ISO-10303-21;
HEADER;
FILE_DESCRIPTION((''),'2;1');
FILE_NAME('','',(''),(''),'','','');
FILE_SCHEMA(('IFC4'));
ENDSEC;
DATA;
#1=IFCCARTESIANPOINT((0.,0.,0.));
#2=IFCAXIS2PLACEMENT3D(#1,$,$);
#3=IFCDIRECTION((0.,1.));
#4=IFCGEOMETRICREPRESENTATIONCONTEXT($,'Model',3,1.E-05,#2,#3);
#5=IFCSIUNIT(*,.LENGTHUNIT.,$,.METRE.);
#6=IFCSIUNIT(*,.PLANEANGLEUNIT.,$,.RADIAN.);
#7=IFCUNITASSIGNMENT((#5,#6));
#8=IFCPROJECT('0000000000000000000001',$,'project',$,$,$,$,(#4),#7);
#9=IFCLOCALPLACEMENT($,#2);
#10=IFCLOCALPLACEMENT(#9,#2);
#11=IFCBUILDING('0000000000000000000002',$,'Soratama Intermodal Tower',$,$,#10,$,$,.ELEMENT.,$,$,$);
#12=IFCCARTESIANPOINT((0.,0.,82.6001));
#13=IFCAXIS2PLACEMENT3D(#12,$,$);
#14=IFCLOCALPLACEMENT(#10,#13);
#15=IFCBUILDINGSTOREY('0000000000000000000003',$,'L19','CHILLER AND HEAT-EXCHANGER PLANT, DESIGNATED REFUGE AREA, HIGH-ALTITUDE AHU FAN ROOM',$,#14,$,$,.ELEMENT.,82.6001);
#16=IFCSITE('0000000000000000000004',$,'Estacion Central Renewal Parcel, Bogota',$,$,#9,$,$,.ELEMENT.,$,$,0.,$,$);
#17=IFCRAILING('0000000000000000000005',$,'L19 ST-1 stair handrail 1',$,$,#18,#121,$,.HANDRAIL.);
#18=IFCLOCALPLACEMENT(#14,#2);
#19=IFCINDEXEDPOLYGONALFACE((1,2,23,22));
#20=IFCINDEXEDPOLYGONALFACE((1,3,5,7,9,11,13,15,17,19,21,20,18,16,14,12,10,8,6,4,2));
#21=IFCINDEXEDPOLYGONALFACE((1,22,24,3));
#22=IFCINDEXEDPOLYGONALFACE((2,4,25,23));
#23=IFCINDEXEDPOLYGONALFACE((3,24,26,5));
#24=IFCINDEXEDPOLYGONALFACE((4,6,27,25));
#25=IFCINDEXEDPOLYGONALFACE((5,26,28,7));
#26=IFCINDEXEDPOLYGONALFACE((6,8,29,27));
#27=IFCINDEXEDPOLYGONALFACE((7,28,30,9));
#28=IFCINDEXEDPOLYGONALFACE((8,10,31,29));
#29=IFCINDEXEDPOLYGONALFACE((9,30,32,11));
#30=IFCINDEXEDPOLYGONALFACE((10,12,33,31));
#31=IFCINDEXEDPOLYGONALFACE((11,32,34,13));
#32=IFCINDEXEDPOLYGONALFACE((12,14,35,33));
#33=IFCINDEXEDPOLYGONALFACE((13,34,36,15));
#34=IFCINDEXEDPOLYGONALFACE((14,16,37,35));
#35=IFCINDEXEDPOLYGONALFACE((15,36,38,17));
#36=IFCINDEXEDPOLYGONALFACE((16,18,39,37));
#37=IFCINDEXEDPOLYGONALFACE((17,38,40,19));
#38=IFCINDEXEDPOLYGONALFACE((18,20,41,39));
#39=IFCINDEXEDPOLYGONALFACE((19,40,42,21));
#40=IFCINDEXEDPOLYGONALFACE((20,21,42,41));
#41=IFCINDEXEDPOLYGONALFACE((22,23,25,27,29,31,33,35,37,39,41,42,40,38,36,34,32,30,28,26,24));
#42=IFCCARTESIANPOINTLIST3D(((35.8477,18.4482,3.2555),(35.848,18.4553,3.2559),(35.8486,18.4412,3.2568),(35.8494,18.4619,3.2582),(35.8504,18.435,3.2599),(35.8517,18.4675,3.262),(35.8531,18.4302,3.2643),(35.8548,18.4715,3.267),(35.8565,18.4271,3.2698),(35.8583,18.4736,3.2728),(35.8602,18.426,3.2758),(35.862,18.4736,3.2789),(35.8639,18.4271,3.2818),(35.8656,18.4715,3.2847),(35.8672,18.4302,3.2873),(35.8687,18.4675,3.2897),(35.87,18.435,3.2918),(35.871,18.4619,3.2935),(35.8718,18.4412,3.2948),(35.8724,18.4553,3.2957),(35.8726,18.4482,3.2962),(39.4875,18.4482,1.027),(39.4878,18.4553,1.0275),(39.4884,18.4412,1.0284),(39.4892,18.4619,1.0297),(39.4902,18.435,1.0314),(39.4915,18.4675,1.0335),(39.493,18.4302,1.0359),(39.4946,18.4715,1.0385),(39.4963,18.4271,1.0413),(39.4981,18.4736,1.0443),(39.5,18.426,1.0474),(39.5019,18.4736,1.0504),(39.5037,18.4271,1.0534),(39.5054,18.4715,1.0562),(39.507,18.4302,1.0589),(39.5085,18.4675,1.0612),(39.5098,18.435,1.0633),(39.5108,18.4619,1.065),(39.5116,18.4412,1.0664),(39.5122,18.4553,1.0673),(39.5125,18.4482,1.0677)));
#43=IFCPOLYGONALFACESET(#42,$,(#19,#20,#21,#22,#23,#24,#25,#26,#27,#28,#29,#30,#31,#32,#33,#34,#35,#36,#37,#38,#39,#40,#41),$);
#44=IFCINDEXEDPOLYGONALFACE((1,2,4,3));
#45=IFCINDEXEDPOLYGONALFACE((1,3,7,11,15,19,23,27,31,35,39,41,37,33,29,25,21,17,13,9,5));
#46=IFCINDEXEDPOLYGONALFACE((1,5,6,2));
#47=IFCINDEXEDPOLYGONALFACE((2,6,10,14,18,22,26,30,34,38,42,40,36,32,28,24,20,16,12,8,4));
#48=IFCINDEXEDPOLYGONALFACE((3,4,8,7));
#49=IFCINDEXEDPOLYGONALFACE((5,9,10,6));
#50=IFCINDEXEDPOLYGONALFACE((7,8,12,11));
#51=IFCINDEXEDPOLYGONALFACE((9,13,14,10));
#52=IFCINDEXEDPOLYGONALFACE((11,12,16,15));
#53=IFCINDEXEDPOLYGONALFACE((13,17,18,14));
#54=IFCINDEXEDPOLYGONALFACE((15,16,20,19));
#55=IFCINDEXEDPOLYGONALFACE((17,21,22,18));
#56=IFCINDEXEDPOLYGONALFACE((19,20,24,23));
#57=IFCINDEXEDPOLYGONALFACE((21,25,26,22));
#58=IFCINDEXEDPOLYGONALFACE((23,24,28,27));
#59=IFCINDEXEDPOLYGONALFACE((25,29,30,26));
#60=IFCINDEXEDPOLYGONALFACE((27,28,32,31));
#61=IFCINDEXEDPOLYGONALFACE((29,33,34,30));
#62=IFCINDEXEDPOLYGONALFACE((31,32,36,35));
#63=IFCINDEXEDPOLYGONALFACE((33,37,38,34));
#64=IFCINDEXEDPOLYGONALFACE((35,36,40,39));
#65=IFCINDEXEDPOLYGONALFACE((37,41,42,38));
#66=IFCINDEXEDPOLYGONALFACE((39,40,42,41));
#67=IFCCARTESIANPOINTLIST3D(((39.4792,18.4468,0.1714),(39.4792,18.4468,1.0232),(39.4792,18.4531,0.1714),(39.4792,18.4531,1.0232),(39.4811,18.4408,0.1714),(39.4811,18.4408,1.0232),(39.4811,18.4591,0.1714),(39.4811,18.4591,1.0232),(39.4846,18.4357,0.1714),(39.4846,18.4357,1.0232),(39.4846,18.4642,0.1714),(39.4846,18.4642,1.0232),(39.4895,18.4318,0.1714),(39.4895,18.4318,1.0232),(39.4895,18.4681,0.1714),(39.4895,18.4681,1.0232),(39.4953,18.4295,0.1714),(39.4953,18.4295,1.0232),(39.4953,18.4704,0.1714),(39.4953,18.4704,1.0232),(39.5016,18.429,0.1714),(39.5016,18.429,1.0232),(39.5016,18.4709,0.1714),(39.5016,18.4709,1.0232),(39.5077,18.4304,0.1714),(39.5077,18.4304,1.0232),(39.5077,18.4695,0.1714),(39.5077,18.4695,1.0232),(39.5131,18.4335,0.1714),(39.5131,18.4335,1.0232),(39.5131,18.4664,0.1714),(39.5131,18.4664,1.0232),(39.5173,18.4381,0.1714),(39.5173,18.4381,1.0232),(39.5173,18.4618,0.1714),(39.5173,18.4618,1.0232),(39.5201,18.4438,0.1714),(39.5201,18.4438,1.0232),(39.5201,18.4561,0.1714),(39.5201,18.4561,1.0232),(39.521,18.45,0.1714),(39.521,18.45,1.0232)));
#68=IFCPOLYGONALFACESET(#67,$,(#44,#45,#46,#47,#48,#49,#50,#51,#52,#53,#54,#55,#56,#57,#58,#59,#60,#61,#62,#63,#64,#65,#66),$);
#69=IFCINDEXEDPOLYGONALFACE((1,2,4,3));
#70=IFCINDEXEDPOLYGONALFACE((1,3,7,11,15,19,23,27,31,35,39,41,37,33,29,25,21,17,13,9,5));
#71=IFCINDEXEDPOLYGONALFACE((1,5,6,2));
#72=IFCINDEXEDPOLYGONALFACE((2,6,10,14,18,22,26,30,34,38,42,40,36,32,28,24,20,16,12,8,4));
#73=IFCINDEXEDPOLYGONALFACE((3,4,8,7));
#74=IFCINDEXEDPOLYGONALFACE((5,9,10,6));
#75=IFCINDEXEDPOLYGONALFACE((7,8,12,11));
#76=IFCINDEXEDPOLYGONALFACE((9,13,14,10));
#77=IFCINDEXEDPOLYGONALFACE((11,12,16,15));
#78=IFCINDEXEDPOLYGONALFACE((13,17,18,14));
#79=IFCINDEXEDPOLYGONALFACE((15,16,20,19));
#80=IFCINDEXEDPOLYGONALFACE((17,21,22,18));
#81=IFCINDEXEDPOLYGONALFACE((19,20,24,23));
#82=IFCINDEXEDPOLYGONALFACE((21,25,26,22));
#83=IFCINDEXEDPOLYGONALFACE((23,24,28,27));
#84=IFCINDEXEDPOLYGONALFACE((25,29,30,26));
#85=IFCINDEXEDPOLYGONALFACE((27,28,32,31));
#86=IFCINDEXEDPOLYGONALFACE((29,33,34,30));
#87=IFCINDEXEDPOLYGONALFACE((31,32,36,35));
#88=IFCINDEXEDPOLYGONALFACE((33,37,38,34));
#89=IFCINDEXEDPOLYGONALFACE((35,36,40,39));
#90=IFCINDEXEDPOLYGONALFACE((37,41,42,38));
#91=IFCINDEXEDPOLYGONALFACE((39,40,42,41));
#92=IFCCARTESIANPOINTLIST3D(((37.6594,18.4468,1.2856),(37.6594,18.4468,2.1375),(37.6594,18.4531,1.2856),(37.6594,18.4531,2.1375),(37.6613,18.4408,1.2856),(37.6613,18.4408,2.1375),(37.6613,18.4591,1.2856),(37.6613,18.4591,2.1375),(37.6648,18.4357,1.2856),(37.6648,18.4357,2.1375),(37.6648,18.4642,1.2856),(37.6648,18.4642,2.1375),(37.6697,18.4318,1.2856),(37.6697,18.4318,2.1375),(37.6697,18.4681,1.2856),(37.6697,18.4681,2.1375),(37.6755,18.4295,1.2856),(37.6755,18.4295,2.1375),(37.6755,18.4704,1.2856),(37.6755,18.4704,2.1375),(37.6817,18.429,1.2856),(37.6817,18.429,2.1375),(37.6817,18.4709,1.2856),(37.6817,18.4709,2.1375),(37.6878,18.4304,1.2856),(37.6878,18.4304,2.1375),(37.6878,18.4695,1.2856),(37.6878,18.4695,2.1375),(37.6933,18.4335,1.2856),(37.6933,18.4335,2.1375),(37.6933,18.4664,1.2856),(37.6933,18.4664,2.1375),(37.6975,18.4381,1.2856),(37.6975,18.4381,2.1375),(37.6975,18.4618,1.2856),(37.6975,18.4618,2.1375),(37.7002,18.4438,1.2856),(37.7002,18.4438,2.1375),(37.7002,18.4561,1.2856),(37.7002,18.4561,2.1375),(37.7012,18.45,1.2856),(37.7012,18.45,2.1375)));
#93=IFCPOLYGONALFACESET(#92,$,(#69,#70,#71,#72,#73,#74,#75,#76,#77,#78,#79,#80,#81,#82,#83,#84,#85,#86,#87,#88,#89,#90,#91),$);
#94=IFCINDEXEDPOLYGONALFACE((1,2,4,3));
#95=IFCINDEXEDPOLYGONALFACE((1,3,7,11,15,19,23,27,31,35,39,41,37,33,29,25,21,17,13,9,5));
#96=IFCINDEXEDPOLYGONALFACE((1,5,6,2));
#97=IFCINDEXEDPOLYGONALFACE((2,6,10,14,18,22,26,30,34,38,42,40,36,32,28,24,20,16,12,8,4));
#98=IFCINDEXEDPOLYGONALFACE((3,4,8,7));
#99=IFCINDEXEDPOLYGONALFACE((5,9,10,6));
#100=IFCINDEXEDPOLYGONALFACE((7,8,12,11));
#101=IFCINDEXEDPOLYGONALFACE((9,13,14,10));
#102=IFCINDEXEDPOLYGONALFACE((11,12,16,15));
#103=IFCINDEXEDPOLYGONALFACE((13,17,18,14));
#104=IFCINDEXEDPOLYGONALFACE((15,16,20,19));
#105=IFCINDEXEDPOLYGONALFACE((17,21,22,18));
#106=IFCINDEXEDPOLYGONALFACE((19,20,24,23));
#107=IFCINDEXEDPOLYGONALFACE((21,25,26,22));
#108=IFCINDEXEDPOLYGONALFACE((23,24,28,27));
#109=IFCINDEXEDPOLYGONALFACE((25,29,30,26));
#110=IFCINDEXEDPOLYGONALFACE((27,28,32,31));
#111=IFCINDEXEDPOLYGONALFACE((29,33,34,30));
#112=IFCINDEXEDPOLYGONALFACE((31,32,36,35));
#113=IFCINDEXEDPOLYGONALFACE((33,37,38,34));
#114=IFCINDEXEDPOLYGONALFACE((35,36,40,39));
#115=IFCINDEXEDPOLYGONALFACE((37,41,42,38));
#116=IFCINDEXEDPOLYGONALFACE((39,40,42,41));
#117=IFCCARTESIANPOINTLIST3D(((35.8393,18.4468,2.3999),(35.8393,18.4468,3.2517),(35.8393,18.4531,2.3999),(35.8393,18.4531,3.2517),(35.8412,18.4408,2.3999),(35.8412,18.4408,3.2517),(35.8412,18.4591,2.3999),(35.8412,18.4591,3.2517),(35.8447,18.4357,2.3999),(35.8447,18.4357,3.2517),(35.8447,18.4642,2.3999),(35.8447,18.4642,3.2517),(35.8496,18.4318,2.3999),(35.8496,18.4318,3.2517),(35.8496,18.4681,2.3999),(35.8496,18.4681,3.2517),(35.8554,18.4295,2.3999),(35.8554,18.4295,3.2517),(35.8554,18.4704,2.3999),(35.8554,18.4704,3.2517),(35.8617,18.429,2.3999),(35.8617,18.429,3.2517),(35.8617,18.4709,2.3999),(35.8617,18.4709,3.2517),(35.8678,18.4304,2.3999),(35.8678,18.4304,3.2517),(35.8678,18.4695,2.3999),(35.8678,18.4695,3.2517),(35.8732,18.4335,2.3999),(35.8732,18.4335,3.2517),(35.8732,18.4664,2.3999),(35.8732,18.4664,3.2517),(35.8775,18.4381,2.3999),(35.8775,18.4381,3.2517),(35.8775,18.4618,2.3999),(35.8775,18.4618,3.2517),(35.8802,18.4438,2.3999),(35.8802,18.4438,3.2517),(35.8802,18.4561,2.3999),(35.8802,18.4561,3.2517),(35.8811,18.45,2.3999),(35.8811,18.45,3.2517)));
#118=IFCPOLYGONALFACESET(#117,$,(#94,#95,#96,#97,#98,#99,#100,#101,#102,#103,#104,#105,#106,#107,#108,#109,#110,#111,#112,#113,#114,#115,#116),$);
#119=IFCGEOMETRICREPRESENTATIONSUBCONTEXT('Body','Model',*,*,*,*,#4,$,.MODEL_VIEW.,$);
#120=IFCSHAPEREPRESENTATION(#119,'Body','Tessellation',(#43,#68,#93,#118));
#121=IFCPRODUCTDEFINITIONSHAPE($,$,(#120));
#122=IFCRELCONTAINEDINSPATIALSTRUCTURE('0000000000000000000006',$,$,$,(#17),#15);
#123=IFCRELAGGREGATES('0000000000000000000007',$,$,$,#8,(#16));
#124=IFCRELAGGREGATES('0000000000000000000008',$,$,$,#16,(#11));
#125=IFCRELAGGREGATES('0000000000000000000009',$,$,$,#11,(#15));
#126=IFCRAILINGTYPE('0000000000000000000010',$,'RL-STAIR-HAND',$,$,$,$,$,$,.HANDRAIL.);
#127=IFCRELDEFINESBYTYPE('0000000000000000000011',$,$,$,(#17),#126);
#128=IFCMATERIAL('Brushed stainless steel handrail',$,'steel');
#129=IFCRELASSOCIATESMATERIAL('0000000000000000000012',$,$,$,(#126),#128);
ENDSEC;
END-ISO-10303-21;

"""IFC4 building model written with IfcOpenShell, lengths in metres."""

from ifc_helpers import new_model, si_unit, direction, frame, origin, origin_2d, place, context, subcontext, project, spatial, circle, extrude, material, type_object, element, save


model = new_model("IFC4")

# Units and contexts
model_context = context("Model", 3, precision=1e-05, world=origin(), true_north=direction((0.0, 1.0)))
body_context = subcontext(model_context, "Body", "Model", "MODEL_VIEW")
ifc_project = project(units=[si_unit("LENGTHUNIT", "METRE"), si_unit("PLANEANGLEUNIT", "RADIAN")], contexts=[model_context])

# Site, building, storey
site_placement = place(None, origin())
site = spatial("IfcSite", under=ifc_project, at=site_placement, Name="Estacion Central Renewal Parcel, Bogota", CompositionType="ELEMENT", RefElevation=0.0)
building_placement = place(site_placement, origin())
building = spatial("IfcBuilding", under=site, at=building_placement, Name="Soratama Intermodal Tower", CompositionType="ELEMENT")
storey_placement = place(building_placement, frame((0.0, 0.0, 82.6001)))
storey = spatial("IfcBuildingStorey", under=building, at=storey_placement, Name="L19", Description="CHILLER AND HEAT-EXCHANGER PLANT, DESIGNATED REFUGE AREA, HIGH-ALTITUDE AHU FAN ROOM", CompositionType="ELEMENT", Elevation=82.6001)

# Railing
ifc_material_1 = material(Name="Brushed stainless steel handrail", Category="steel")
railing_type_1 = type_object("IfcRailingType", Name="RL-STAIR-HAND", PredefinedType="HANDRAIL", material=ifc_material_1)
railing_1_placement = place(storey_placement, frame((39.5, 18.45, 0.1714)))
element("IfcRailing", 1, at=railing_1_placement, inside=storey, type_object=railing_type_1, Name="L19 ST-1 stair handrail 1", PredefinedType="HANDRAIL", context=body_context, shape_type="SweptSolid", body=[
    extrude(circle(Radius=0.0239, at=origin_2d()), frame((0.0, 0.0, 0.876), z_axis=(-0.85285, 0.0, 0.522156), x_axis=(0.0, -1.0, 0.0)), (0.0, 0.0, 1.0), 4.2678),
    extrude(circle(Radius=0.021, at=origin_2d()), origin(), (0.0, 0.0, 1.0), 0.8518),
    extrude(circle(Radius=0.021, at=origin_2d()), frame((-1.8198, 0.0, 1.1143)), (0.0, 0.0, 1.0), 0.8518),
    extrude(circle(Radius=0.021, at=origin_2d()), frame((-3.6399, 0.0, 2.2285)), (0.0, 0.0, 1.0), 0.8518),
])

save(model, "model.ifc")
